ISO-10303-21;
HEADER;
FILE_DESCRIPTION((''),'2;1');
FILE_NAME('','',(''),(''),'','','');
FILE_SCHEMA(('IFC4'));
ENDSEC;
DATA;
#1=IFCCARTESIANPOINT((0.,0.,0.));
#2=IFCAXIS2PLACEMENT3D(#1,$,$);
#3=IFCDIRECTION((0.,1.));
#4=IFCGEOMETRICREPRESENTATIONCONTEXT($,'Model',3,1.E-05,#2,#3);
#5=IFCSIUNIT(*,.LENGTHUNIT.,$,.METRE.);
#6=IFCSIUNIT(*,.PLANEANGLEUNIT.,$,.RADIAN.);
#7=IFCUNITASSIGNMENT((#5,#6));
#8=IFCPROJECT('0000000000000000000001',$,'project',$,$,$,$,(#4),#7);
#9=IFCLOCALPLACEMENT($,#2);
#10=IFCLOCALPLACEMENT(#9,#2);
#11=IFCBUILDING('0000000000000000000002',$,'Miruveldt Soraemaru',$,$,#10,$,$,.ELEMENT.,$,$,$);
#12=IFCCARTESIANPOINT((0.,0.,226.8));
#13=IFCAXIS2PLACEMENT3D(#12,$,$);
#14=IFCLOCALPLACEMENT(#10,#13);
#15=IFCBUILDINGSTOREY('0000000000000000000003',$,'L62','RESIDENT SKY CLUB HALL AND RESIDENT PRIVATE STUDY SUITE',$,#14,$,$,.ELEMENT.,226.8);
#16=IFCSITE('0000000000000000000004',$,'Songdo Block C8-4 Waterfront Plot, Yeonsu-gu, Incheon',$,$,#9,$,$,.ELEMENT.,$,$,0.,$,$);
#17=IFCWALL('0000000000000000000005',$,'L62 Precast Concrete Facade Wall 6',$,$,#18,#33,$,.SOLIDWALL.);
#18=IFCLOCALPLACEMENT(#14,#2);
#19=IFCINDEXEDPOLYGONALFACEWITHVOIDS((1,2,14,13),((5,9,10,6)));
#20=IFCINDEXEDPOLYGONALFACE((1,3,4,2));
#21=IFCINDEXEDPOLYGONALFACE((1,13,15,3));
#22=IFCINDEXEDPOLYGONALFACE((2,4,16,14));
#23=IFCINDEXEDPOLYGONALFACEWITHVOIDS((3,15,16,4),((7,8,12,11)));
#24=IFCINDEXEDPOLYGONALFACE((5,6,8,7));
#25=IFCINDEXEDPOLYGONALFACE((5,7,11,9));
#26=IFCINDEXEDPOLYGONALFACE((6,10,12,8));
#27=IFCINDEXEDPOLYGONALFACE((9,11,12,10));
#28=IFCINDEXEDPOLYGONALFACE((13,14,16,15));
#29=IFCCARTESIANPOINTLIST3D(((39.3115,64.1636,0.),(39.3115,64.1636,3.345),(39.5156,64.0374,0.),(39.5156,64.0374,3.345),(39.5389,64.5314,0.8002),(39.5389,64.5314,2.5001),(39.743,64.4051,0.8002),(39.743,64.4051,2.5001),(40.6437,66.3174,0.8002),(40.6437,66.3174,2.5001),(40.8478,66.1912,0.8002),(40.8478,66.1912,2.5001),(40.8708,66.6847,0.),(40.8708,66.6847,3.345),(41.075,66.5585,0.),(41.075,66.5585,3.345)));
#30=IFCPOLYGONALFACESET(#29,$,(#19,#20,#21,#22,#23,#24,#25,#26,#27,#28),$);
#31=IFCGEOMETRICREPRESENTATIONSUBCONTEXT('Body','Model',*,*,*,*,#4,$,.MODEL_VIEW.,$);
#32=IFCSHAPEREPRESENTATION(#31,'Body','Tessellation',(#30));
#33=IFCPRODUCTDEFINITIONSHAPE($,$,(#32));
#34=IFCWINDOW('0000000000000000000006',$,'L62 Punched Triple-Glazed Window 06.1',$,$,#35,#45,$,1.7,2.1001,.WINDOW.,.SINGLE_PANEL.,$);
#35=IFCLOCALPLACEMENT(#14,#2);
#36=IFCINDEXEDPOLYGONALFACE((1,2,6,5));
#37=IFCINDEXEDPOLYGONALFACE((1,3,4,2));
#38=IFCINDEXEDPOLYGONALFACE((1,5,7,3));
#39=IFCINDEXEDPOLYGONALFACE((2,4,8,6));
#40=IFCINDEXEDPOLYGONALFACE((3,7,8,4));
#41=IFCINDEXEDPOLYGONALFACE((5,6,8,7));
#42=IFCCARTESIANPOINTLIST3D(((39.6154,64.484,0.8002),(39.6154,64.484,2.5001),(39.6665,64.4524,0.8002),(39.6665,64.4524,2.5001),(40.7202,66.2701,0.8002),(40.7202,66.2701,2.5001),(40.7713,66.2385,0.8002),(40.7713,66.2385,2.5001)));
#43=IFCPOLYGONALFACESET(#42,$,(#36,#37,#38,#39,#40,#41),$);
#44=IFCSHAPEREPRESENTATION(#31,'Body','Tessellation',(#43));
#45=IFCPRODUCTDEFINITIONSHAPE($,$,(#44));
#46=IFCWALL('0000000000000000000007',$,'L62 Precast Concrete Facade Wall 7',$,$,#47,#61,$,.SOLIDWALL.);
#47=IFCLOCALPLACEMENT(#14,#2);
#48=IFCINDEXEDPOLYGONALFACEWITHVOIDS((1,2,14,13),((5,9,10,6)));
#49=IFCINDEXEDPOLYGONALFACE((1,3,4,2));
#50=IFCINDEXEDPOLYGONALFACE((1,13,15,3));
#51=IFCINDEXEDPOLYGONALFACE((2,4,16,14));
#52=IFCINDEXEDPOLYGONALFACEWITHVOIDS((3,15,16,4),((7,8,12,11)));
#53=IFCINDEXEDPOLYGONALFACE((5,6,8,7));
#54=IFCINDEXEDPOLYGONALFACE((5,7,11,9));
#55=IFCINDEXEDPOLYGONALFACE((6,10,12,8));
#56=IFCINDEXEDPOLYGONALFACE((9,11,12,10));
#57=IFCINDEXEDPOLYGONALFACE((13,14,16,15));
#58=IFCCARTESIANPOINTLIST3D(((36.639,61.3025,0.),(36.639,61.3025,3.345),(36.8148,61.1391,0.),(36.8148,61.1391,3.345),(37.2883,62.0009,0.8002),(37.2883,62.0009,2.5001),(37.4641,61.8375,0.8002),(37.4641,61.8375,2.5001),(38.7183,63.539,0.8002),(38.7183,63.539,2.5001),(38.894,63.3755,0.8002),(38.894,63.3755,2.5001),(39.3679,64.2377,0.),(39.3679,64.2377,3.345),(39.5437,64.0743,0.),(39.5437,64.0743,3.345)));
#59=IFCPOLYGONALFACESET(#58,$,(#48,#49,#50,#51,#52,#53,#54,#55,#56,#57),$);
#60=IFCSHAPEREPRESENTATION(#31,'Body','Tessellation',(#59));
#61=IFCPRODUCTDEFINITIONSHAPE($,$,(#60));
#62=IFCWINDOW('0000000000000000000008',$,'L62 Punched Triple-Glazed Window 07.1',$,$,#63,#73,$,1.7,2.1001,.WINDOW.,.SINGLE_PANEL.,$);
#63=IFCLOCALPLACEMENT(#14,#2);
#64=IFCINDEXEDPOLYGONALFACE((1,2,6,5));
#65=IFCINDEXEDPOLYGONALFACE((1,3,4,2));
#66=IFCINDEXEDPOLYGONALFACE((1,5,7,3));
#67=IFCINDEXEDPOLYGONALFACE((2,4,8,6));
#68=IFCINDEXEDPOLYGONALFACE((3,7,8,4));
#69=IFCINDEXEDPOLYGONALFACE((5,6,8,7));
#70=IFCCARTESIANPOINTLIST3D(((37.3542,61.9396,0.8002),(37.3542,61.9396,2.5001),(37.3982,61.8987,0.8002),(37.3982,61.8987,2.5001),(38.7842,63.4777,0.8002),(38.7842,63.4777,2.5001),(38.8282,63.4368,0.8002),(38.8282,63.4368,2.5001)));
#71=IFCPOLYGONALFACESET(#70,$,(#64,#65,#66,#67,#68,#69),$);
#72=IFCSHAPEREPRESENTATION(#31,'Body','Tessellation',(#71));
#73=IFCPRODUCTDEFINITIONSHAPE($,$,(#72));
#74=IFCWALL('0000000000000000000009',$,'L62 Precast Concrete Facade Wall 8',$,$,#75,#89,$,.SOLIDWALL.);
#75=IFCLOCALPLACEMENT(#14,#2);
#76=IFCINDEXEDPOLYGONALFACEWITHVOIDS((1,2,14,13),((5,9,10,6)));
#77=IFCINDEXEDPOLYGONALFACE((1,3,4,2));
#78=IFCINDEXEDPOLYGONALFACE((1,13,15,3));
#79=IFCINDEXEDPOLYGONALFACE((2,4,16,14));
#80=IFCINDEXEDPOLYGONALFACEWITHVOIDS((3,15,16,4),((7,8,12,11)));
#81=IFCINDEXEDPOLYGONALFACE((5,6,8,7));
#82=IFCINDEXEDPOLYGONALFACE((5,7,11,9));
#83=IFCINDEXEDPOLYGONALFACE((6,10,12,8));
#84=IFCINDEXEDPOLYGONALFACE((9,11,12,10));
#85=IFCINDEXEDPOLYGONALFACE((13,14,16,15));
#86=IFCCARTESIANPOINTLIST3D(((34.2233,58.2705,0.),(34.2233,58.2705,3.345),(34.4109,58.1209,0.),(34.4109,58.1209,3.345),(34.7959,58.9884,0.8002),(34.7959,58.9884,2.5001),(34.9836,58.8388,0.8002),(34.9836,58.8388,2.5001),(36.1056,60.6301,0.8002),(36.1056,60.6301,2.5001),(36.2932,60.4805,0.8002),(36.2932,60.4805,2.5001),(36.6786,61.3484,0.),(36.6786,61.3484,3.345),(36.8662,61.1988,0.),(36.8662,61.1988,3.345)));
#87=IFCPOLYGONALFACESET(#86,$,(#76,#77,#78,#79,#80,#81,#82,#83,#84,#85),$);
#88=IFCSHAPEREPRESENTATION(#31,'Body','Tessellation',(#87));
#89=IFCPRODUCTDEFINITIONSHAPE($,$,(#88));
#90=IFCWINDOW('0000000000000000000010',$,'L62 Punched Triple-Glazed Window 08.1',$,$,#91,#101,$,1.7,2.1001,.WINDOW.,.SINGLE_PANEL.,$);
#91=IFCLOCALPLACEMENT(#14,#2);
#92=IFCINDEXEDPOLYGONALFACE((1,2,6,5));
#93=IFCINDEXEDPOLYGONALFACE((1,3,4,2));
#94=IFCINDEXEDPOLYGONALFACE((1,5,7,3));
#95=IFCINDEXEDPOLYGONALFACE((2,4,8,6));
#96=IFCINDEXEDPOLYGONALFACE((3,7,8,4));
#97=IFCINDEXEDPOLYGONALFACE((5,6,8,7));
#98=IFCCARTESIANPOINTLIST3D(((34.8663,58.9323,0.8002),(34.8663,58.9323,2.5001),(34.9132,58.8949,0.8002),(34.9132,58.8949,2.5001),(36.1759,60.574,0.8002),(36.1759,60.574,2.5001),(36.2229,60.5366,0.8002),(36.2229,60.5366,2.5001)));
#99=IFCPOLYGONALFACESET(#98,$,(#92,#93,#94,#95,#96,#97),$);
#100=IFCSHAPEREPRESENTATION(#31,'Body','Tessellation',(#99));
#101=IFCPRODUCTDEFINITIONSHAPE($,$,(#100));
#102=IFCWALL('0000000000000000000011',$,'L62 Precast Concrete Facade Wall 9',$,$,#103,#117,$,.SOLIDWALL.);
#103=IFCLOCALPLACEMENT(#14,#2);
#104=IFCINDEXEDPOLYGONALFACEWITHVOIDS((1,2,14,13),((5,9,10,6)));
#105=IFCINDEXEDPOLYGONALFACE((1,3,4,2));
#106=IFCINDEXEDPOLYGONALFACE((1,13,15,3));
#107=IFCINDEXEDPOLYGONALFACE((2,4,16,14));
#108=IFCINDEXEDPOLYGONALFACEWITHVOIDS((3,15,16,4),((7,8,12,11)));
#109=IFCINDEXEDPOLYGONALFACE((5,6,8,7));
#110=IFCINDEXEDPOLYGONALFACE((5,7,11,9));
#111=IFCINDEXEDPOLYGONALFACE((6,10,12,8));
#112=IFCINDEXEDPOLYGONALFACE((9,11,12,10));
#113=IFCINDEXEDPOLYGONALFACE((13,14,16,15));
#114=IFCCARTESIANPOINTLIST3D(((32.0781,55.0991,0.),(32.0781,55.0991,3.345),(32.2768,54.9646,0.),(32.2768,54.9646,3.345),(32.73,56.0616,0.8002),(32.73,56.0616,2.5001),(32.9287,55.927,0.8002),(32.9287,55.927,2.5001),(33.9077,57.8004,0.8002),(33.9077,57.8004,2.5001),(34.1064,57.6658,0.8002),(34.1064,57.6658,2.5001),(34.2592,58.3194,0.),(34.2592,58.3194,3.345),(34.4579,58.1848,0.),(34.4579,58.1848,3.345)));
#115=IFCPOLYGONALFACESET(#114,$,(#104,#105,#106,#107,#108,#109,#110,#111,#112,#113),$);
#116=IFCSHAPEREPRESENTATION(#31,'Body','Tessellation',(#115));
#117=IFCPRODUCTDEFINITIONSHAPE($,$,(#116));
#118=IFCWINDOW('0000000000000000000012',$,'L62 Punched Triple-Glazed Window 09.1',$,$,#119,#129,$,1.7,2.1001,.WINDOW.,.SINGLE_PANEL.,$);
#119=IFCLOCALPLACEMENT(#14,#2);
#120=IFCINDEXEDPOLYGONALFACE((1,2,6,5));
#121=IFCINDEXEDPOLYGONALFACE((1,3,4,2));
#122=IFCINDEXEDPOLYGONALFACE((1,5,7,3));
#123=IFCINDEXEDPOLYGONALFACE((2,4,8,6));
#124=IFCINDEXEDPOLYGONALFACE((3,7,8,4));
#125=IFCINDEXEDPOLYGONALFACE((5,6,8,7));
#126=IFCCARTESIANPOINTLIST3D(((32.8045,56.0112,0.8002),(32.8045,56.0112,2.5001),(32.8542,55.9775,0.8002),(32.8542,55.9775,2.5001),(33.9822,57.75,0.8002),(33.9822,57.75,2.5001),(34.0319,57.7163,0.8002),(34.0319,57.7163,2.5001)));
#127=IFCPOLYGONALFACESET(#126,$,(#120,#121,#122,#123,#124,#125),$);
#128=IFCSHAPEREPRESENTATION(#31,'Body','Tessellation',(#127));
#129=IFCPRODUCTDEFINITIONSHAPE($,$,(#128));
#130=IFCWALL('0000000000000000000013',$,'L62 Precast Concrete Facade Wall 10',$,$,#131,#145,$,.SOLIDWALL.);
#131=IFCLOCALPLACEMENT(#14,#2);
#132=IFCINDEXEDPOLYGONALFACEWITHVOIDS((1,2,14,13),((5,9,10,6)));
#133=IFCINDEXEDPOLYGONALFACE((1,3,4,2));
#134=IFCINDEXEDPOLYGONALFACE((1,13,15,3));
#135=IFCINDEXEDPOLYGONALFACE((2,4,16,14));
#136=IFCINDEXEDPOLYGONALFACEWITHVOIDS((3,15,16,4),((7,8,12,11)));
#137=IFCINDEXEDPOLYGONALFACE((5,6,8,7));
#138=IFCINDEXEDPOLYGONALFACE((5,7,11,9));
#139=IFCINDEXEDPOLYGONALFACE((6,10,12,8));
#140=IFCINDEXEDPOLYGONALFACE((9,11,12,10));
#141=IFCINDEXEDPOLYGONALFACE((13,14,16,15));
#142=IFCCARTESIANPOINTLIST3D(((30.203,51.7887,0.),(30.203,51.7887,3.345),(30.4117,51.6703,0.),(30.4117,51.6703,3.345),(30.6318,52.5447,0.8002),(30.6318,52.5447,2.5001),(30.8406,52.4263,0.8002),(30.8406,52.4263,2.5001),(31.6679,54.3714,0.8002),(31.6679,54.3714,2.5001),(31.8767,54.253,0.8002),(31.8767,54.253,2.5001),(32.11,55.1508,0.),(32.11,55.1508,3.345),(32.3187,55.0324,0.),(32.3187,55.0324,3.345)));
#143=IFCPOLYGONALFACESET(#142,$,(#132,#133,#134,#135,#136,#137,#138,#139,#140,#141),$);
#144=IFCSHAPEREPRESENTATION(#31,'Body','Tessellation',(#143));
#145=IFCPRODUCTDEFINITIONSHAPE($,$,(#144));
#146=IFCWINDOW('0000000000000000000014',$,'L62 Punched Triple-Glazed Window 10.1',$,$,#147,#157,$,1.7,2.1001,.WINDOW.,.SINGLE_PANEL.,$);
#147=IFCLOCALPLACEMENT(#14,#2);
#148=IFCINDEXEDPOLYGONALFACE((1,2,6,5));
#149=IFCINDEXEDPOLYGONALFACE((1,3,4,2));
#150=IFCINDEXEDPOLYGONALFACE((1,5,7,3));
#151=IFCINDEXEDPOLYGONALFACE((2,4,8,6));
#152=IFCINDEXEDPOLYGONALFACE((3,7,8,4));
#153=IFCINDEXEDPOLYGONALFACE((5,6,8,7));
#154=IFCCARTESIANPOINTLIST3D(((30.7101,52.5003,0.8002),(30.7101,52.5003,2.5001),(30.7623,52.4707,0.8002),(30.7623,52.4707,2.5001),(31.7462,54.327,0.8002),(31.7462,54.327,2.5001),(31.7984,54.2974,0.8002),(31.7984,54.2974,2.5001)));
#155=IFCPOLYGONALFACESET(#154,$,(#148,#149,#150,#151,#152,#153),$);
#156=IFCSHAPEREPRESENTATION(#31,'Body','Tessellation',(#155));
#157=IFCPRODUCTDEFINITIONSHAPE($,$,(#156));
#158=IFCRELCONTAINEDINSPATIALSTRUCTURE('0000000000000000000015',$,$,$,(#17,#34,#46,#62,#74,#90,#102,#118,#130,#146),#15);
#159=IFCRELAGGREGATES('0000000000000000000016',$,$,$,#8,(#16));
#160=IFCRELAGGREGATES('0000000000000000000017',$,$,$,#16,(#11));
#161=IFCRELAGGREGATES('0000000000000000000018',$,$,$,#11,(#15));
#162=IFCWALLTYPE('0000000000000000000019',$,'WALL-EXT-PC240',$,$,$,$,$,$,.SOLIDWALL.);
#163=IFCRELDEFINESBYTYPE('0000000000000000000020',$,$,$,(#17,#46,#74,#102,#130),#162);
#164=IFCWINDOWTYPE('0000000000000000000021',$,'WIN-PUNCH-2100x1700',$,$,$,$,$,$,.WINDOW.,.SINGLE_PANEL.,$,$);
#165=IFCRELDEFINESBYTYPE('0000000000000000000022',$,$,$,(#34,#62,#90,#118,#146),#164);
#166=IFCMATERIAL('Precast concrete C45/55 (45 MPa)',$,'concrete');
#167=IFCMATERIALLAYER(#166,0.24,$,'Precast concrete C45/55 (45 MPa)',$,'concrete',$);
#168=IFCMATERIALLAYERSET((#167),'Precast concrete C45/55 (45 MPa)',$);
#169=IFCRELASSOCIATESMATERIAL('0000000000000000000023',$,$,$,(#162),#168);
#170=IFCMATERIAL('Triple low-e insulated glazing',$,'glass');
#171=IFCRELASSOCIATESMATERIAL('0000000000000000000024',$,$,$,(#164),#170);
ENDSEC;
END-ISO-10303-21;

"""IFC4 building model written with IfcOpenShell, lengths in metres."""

from ifc_helpers import new_model, si_unit, direction, frame, frame_2d, origin, place, context, subcontext, project, spatial, rectangle, extrude, material, layer, layer_set, type_object, element, fill, save


model = new_model("IFC4")

# Units and contexts
model_context = context("Model", 3, precision=1e-05, world=origin(), true_north=direction((0.0, 1.0)))
body_context = subcontext(model_context, "Body", "Model", "MODEL_VIEW")
ifc_project = project(units=[si_unit("LENGTHUNIT", "METRE"), si_unit("PLANEANGLEUNIT", "RADIAN")], contexts=[model_context])

# Site, building, storey
site_placement = place(None, origin())
site = spatial("IfcSite", under=ifc_project, at=site_placement, Name="Songdo Block C8-4 Waterfront Plot, Yeonsu-gu, Incheon", CompositionType="ELEMENT", RefElevation=0.0)
building_placement = place(site_placement, origin())
building = spatial("IfcBuilding", under=site, at=building_placement, Name="Miruveldt Soraemaru", CompositionType="ELEMENT")
storey_placement = place(building_placement, frame((0.0, 0.0, 226.8)))
storey = spatial("IfcBuildingStorey", under=building, at=storey_placement, Name="L62", Description="RESIDENT SKY CLUB HALL AND RESIDENT PRIVATE STUDY SUITE", CompositionType="ELEMENT", Elevation=226.8)

# Walls, openings, windows
ifc_material_1 = material(Name="Precast concrete C45/55 (45 MPa)", Category="concrete")
ifc_layer_1 = layer(ifc_material_1, 0.24, Name="Precast concrete C45/55 (45 MPa)", Category="concrete")
ifc_layer_set_1 = layer_set([ifc_layer_1], Name="Precast concrete C45/55 (45 MPa)")
wall_type_1 = type_object("IfcWallType", Name="WALL-EXT-PC240", PredefinedType="SOLIDWALL", material=ifc_layer_set_1)
wall_1_placement = place(storey_placement, frame((40.9729, 66.6216, 0.0), z_axis=(0.0, 0.0, 1.0), x_axis=(-0.52604, -0.85046, 0.0)))
wall_1 = element("IfcWall", 1, at=wall_1_placement, inside=storey, type_object=wall_type_1, Name="L62 Precast Concrete Facade Wall 6", PredefinedType="SOLIDWALL", context=body_context, shape_type="SweptSolid", body=[
    extrude(rectangle(XDim=2.9644, YDim=0.24, at=frame_2d((1.4822, 0.0))), origin(), (0.0, 0.0, 1.0), 3.345),
])
opening_1_placement = place(wall_1_placement, frame((0.4319, 0.0, 0.8)))
opening_1 = element("IfcOpeningElement", 2, at=opening_1_placement, cuts=wall_1, PredefinedType="OPENING", context=body_context, shape_type="SweptSolid", body=[
    extrude(rectangle(XDim=2.1001, YDim=1.7, at=frame_2d((1.05, 0.8501))), frame((0.0, 0.1299, 0.0), z_axis=(0.0, -1.0, 0.0), x_axis=(1.0, 0.0, 0.0)), (0.0, 0.0, 1.0), 0.26),
])
ifc_material_2 = material(Name="Triple low-e insulated glazing", Category="glass")
window_type = type_object("IfcWindowType", Name="WIN-PUNCH-2100x1700", PartitioningType="SINGLE_PANEL", PredefinedType="WINDOW", material=ifc_material_2)
window_1_placement = place(opening_1_placement, origin())
window_1 = element("IfcWindow", 3, at=window_1_placement, inside=storey, type_object=window_type, Name="L62 Punched Triple-Glazed Window 06.1", OverallHeight=1.7, OverallWidth=2.1001, PartitioningType="SINGLE_PANEL", PredefinedType="WINDOW", context=body_context, shape_type="SweptSolid", body=[
    extrude(rectangle(XDim=2.1001, YDim=1.7, at=frame_2d((1.05, 0.8501))), frame((0.0, 0.03, 0.0), z_axis=(0.0, -1.0, 0.0), x_axis=(1.0, 0.0, 0.0)), (0.0, 0.0, 1.0), 0.0601),
])
fill(opening_1, window_1)
wall_2_placement = place(storey_placement, frame((39.4558, 64.156, 0.0), z_axis=(0.0, 0.0, 1.0), x_axis=(-0.680902, -0.732375, 0.0)))
wall_2 = element("IfcWall", 4, at=wall_2_placement, inside=storey, type_object=wall_type_1, Name="L62 Precast Concrete Facade Wall 7", PredefinedType="SOLIDWALL", context=body_context, shape_type="SweptSolid", body=[
    extrude(rectangle(XDim=4.0078, YDim=0.24, at=frame_2d((2.0039, 0.0))), origin(), (0.0, 0.0, 1.0), 3.345),
])
opening_2_placement = place(wall_2_placement, frame((0.9541, 0.0, 0.8)))
opening_2 = element("IfcOpeningElement", 5, at=opening_2_placement, cuts=wall_2, PredefinedType="OPENING", context=body_context, shape_type="SweptSolid", body=[
    extrude(rectangle(XDim=2.1001, YDim=1.7, at=frame_2d((1.05, 0.8501))), frame((0.0, 0.1299, 0.0), z_axis=(0.0, -1.0, 0.0), x_axis=(1.0, 0.0, 0.0)), (0.0, 0.0, 1.0), 0.26),
])
window_2_placement = place(opening_2_placement, origin())
window_2 = element("IfcWindow", 6, at=window_2_placement, inside=storey, type_object=window_type, Name="L62 Punched Triple-Glazed Window 07.1", OverallHeight=1.7, OverallWidth=2.1001, PartitioningType="SINGLE_PANEL", PredefinedType="WINDOW", context=body_context, shape_type="SweptSolid", body=[
    extrude(rectangle(XDim=2.1001, YDim=1.7, at=frame_2d((1.05, 0.8501))), frame((0.0, 0.03, 0.0), z_axis=(0.0, -1.0, 0.0), x_axis=(1.0, 0.0, 0.0)), (0.0, 0.0, 1.0), 0.0601),
])
fill(opening_2, window_2)
wall_3_placement = place(storey_placement, frame((36.7725, 61.2737, 0.0), z_axis=(0.0, 0.0, 1.0), x_axis=(-0.623613, -0.781733, 0.0)))
wall_3 = element("IfcWall", 7, at=wall_3_placement, inside=storey, type_object=wall_type_1, Name="L62 Precast Concrete Facade Wall 8", PredefinedType="SOLIDWALL", context=body_context, shape_type="SweptSolid", body=[
    extrude(rectangle(XDim=3.9373, YDim=0.24, at=frame_2d((1.9688, 0.0))), origin(), (0.0, 0.0, 1.0), 3.345),
])
opening_3_placement = place(wall_3_placement, frame((0.9189, 0.0, 0.8)))
opening_3 = element("IfcOpeningElement", 8, at=opening_3_placement, cuts=wall_3, PredefinedType="OPENING", context=body_context, shape_type="SweptSolid", body=[
    extrude(rectangle(XDim=2.1001, YDim=1.7, at=frame_2d((1.05, 0.8501))), frame((0.0, 0.1299, 0.0), z_axis=(0.0, -1.0, 0.0), x_axis=(1.0, 0.0, 0.0)), (0.0, 0.0, 1.0), 0.26),
])
window_3_placement = place(opening_3_placement, origin())
window_3 = element("IfcWindow", 9, at=window_3_placement, inside=storey, type_object=window_type, Name="L62 Punched Triple-Glazed Window 08.1", OverallHeight=1.7, OverallWidth=2.1001, PartitioningType="SINGLE_PANEL", PredefinedType="WINDOW", context=body_context, shape_type="SweptSolid", body=[
    extrude(rectangle(XDim=2.1001, YDim=1.7, at=frame_2d((1.05, 0.8501))), frame((0.0, 0.03, 0.0), z_axis=(0.0, -1.0, 0.0), x_axis=(1.0, 0.0, 0.0)), (0.0, 0.0, 1.0), 0.0601),
])
fill(opening_3, window_3)
wall_4_placement = place(storey_placement, frame((34.3586, 58.2522, 0.0), z_axis=(0.0, 0.0, 1.0), x_axis=(-0.560798, -0.827953, 0.0)))
wall_4 = element("IfcWall", 10, at=wall_4_placement, inside=storey, type_object=wall_type_1, Name="L62 Precast Concrete Facade Wall 9", PredefinedType="SOLIDWALL", context=body_context, shape_type="SweptSolid", body=[
    extrude(rectangle(XDim=3.8894, YDim=0.24, at=frame_2d((1.9448, 0.0))), origin(), (0.0, 0.0, 1.0), 3.345),
])
opening_4_placement = place(wall_4_placement, frame((0.627, 0.0, 0.8)))
opening_4 = element("IfcOpeningElement", 11, at=opening_4_placement, cuts=wall_4, PredefinedType="OPENING", context=body_context, shape_type="SweptSolid", body=[
    extrude(rectangle(XDim=2.1001, YDim=1.7, at=frame_2d((1.05, 0.8501))), frame((0.0, 0.1299, 0.0), z_axis=(0.0, -1.0, 0.0), x_axis=(1.0, 0.0, 0.0)), (0.0, 0.0, 1.0), 0.26),
])
window_4_placement = place(opening_4_placement, origin())
window_4 = element("IfcWindow", 12, at=window_4_placement, inside=storey, type_object=window_type, Name="L62 Punched Triple-Glazed Window 09.1", OverallHeight=1.7, OverallWidth=2.1001, PartitioningType="SINGLE_PANEL", PredefinedType="WINDOW", context=body_context, shape_type="SweptSolid", body=[
    extrude(rectangle(XDim=2.1001, YDim=1.7, at=frame_2d((1.05, 0.8501))), frame((0.0, 0.03, 0.0), z_axis=(0.0, -1.0, 0.0), x_axis=(1.0, 0.0, 0.0)), (0.0, 0.0, 1.0), 0.0601),
])
fill(opening_4, window_4)
wall_5_placement = place(storey_placement, frame((32.2144, 55.0916, 0.0), z_axis=(0.0, 0.0, 1.0), x_axis=(-0.493368, -0.869821, 0.0)))
wall_5 = element("IfcWall", 13, at=wall_5_placement, inside=storey, type_object=wall_type_1, Name="L62 Precast Concrete Facade Wall 10", PredefinedType="SOLIDWALL", context=body_context, shape_type="SweptSolid", body=[
    extrude(rectangle(XDim=3.8652, YDim=0.24, at=frame_2d((1.9326, 0.0))), origin(), (0.0, 0.0, 1.0), 3.345),
])
opening_5_placement = place(wall_5_placement, frame((0.896, 0.0, 0.8)))
opening_5 = element("IfcOpeningElement", 14, at=opening_5_placement, cuts=wall_5, PredefinedType="OPENING", context=body_context, shape_type="SweptSolid", body=[
    extrude(rectangle(XDim=2.1001, YDim=1.7, at=frame_2d((1.05, 0.8501))), frame((0.0, 0.1299, 0.0), z_axis=(0.0, -1.0, 0.0), x_axis=(1.0, 0.0, 0.0)), (0.0, 0.0, 1.0), 0.26),
])
window_5_placement = place(opening_5_placement, origin())
window_5 = element("IfcWindow", 15, at=window_5_placement, inside=storey, type_object=window_type, Name="L62 Punched Triple-Glazed Window 10.1", OverallHeight=1.7, OverallWidth=2.1001, PartitioningType="SINGLE_PANEL", PredefinedType="WINDOW", context=body_context, shape_type="SweptSolid", body=[
    extrude(rectangle(XDim=2.1001, YDim=1.7, at=frame_2d((1.05, 0.8501))), frame((0.0, 0.03, 0.0), z_axis=(0.0, -1.0, 0.0), x_axis=(1.0, 0.0, 0.0)), (0.0, 0.0, 1.0), 0.0601),
])
fill(opening_5, window_5)

save(model, "model.ifc")
